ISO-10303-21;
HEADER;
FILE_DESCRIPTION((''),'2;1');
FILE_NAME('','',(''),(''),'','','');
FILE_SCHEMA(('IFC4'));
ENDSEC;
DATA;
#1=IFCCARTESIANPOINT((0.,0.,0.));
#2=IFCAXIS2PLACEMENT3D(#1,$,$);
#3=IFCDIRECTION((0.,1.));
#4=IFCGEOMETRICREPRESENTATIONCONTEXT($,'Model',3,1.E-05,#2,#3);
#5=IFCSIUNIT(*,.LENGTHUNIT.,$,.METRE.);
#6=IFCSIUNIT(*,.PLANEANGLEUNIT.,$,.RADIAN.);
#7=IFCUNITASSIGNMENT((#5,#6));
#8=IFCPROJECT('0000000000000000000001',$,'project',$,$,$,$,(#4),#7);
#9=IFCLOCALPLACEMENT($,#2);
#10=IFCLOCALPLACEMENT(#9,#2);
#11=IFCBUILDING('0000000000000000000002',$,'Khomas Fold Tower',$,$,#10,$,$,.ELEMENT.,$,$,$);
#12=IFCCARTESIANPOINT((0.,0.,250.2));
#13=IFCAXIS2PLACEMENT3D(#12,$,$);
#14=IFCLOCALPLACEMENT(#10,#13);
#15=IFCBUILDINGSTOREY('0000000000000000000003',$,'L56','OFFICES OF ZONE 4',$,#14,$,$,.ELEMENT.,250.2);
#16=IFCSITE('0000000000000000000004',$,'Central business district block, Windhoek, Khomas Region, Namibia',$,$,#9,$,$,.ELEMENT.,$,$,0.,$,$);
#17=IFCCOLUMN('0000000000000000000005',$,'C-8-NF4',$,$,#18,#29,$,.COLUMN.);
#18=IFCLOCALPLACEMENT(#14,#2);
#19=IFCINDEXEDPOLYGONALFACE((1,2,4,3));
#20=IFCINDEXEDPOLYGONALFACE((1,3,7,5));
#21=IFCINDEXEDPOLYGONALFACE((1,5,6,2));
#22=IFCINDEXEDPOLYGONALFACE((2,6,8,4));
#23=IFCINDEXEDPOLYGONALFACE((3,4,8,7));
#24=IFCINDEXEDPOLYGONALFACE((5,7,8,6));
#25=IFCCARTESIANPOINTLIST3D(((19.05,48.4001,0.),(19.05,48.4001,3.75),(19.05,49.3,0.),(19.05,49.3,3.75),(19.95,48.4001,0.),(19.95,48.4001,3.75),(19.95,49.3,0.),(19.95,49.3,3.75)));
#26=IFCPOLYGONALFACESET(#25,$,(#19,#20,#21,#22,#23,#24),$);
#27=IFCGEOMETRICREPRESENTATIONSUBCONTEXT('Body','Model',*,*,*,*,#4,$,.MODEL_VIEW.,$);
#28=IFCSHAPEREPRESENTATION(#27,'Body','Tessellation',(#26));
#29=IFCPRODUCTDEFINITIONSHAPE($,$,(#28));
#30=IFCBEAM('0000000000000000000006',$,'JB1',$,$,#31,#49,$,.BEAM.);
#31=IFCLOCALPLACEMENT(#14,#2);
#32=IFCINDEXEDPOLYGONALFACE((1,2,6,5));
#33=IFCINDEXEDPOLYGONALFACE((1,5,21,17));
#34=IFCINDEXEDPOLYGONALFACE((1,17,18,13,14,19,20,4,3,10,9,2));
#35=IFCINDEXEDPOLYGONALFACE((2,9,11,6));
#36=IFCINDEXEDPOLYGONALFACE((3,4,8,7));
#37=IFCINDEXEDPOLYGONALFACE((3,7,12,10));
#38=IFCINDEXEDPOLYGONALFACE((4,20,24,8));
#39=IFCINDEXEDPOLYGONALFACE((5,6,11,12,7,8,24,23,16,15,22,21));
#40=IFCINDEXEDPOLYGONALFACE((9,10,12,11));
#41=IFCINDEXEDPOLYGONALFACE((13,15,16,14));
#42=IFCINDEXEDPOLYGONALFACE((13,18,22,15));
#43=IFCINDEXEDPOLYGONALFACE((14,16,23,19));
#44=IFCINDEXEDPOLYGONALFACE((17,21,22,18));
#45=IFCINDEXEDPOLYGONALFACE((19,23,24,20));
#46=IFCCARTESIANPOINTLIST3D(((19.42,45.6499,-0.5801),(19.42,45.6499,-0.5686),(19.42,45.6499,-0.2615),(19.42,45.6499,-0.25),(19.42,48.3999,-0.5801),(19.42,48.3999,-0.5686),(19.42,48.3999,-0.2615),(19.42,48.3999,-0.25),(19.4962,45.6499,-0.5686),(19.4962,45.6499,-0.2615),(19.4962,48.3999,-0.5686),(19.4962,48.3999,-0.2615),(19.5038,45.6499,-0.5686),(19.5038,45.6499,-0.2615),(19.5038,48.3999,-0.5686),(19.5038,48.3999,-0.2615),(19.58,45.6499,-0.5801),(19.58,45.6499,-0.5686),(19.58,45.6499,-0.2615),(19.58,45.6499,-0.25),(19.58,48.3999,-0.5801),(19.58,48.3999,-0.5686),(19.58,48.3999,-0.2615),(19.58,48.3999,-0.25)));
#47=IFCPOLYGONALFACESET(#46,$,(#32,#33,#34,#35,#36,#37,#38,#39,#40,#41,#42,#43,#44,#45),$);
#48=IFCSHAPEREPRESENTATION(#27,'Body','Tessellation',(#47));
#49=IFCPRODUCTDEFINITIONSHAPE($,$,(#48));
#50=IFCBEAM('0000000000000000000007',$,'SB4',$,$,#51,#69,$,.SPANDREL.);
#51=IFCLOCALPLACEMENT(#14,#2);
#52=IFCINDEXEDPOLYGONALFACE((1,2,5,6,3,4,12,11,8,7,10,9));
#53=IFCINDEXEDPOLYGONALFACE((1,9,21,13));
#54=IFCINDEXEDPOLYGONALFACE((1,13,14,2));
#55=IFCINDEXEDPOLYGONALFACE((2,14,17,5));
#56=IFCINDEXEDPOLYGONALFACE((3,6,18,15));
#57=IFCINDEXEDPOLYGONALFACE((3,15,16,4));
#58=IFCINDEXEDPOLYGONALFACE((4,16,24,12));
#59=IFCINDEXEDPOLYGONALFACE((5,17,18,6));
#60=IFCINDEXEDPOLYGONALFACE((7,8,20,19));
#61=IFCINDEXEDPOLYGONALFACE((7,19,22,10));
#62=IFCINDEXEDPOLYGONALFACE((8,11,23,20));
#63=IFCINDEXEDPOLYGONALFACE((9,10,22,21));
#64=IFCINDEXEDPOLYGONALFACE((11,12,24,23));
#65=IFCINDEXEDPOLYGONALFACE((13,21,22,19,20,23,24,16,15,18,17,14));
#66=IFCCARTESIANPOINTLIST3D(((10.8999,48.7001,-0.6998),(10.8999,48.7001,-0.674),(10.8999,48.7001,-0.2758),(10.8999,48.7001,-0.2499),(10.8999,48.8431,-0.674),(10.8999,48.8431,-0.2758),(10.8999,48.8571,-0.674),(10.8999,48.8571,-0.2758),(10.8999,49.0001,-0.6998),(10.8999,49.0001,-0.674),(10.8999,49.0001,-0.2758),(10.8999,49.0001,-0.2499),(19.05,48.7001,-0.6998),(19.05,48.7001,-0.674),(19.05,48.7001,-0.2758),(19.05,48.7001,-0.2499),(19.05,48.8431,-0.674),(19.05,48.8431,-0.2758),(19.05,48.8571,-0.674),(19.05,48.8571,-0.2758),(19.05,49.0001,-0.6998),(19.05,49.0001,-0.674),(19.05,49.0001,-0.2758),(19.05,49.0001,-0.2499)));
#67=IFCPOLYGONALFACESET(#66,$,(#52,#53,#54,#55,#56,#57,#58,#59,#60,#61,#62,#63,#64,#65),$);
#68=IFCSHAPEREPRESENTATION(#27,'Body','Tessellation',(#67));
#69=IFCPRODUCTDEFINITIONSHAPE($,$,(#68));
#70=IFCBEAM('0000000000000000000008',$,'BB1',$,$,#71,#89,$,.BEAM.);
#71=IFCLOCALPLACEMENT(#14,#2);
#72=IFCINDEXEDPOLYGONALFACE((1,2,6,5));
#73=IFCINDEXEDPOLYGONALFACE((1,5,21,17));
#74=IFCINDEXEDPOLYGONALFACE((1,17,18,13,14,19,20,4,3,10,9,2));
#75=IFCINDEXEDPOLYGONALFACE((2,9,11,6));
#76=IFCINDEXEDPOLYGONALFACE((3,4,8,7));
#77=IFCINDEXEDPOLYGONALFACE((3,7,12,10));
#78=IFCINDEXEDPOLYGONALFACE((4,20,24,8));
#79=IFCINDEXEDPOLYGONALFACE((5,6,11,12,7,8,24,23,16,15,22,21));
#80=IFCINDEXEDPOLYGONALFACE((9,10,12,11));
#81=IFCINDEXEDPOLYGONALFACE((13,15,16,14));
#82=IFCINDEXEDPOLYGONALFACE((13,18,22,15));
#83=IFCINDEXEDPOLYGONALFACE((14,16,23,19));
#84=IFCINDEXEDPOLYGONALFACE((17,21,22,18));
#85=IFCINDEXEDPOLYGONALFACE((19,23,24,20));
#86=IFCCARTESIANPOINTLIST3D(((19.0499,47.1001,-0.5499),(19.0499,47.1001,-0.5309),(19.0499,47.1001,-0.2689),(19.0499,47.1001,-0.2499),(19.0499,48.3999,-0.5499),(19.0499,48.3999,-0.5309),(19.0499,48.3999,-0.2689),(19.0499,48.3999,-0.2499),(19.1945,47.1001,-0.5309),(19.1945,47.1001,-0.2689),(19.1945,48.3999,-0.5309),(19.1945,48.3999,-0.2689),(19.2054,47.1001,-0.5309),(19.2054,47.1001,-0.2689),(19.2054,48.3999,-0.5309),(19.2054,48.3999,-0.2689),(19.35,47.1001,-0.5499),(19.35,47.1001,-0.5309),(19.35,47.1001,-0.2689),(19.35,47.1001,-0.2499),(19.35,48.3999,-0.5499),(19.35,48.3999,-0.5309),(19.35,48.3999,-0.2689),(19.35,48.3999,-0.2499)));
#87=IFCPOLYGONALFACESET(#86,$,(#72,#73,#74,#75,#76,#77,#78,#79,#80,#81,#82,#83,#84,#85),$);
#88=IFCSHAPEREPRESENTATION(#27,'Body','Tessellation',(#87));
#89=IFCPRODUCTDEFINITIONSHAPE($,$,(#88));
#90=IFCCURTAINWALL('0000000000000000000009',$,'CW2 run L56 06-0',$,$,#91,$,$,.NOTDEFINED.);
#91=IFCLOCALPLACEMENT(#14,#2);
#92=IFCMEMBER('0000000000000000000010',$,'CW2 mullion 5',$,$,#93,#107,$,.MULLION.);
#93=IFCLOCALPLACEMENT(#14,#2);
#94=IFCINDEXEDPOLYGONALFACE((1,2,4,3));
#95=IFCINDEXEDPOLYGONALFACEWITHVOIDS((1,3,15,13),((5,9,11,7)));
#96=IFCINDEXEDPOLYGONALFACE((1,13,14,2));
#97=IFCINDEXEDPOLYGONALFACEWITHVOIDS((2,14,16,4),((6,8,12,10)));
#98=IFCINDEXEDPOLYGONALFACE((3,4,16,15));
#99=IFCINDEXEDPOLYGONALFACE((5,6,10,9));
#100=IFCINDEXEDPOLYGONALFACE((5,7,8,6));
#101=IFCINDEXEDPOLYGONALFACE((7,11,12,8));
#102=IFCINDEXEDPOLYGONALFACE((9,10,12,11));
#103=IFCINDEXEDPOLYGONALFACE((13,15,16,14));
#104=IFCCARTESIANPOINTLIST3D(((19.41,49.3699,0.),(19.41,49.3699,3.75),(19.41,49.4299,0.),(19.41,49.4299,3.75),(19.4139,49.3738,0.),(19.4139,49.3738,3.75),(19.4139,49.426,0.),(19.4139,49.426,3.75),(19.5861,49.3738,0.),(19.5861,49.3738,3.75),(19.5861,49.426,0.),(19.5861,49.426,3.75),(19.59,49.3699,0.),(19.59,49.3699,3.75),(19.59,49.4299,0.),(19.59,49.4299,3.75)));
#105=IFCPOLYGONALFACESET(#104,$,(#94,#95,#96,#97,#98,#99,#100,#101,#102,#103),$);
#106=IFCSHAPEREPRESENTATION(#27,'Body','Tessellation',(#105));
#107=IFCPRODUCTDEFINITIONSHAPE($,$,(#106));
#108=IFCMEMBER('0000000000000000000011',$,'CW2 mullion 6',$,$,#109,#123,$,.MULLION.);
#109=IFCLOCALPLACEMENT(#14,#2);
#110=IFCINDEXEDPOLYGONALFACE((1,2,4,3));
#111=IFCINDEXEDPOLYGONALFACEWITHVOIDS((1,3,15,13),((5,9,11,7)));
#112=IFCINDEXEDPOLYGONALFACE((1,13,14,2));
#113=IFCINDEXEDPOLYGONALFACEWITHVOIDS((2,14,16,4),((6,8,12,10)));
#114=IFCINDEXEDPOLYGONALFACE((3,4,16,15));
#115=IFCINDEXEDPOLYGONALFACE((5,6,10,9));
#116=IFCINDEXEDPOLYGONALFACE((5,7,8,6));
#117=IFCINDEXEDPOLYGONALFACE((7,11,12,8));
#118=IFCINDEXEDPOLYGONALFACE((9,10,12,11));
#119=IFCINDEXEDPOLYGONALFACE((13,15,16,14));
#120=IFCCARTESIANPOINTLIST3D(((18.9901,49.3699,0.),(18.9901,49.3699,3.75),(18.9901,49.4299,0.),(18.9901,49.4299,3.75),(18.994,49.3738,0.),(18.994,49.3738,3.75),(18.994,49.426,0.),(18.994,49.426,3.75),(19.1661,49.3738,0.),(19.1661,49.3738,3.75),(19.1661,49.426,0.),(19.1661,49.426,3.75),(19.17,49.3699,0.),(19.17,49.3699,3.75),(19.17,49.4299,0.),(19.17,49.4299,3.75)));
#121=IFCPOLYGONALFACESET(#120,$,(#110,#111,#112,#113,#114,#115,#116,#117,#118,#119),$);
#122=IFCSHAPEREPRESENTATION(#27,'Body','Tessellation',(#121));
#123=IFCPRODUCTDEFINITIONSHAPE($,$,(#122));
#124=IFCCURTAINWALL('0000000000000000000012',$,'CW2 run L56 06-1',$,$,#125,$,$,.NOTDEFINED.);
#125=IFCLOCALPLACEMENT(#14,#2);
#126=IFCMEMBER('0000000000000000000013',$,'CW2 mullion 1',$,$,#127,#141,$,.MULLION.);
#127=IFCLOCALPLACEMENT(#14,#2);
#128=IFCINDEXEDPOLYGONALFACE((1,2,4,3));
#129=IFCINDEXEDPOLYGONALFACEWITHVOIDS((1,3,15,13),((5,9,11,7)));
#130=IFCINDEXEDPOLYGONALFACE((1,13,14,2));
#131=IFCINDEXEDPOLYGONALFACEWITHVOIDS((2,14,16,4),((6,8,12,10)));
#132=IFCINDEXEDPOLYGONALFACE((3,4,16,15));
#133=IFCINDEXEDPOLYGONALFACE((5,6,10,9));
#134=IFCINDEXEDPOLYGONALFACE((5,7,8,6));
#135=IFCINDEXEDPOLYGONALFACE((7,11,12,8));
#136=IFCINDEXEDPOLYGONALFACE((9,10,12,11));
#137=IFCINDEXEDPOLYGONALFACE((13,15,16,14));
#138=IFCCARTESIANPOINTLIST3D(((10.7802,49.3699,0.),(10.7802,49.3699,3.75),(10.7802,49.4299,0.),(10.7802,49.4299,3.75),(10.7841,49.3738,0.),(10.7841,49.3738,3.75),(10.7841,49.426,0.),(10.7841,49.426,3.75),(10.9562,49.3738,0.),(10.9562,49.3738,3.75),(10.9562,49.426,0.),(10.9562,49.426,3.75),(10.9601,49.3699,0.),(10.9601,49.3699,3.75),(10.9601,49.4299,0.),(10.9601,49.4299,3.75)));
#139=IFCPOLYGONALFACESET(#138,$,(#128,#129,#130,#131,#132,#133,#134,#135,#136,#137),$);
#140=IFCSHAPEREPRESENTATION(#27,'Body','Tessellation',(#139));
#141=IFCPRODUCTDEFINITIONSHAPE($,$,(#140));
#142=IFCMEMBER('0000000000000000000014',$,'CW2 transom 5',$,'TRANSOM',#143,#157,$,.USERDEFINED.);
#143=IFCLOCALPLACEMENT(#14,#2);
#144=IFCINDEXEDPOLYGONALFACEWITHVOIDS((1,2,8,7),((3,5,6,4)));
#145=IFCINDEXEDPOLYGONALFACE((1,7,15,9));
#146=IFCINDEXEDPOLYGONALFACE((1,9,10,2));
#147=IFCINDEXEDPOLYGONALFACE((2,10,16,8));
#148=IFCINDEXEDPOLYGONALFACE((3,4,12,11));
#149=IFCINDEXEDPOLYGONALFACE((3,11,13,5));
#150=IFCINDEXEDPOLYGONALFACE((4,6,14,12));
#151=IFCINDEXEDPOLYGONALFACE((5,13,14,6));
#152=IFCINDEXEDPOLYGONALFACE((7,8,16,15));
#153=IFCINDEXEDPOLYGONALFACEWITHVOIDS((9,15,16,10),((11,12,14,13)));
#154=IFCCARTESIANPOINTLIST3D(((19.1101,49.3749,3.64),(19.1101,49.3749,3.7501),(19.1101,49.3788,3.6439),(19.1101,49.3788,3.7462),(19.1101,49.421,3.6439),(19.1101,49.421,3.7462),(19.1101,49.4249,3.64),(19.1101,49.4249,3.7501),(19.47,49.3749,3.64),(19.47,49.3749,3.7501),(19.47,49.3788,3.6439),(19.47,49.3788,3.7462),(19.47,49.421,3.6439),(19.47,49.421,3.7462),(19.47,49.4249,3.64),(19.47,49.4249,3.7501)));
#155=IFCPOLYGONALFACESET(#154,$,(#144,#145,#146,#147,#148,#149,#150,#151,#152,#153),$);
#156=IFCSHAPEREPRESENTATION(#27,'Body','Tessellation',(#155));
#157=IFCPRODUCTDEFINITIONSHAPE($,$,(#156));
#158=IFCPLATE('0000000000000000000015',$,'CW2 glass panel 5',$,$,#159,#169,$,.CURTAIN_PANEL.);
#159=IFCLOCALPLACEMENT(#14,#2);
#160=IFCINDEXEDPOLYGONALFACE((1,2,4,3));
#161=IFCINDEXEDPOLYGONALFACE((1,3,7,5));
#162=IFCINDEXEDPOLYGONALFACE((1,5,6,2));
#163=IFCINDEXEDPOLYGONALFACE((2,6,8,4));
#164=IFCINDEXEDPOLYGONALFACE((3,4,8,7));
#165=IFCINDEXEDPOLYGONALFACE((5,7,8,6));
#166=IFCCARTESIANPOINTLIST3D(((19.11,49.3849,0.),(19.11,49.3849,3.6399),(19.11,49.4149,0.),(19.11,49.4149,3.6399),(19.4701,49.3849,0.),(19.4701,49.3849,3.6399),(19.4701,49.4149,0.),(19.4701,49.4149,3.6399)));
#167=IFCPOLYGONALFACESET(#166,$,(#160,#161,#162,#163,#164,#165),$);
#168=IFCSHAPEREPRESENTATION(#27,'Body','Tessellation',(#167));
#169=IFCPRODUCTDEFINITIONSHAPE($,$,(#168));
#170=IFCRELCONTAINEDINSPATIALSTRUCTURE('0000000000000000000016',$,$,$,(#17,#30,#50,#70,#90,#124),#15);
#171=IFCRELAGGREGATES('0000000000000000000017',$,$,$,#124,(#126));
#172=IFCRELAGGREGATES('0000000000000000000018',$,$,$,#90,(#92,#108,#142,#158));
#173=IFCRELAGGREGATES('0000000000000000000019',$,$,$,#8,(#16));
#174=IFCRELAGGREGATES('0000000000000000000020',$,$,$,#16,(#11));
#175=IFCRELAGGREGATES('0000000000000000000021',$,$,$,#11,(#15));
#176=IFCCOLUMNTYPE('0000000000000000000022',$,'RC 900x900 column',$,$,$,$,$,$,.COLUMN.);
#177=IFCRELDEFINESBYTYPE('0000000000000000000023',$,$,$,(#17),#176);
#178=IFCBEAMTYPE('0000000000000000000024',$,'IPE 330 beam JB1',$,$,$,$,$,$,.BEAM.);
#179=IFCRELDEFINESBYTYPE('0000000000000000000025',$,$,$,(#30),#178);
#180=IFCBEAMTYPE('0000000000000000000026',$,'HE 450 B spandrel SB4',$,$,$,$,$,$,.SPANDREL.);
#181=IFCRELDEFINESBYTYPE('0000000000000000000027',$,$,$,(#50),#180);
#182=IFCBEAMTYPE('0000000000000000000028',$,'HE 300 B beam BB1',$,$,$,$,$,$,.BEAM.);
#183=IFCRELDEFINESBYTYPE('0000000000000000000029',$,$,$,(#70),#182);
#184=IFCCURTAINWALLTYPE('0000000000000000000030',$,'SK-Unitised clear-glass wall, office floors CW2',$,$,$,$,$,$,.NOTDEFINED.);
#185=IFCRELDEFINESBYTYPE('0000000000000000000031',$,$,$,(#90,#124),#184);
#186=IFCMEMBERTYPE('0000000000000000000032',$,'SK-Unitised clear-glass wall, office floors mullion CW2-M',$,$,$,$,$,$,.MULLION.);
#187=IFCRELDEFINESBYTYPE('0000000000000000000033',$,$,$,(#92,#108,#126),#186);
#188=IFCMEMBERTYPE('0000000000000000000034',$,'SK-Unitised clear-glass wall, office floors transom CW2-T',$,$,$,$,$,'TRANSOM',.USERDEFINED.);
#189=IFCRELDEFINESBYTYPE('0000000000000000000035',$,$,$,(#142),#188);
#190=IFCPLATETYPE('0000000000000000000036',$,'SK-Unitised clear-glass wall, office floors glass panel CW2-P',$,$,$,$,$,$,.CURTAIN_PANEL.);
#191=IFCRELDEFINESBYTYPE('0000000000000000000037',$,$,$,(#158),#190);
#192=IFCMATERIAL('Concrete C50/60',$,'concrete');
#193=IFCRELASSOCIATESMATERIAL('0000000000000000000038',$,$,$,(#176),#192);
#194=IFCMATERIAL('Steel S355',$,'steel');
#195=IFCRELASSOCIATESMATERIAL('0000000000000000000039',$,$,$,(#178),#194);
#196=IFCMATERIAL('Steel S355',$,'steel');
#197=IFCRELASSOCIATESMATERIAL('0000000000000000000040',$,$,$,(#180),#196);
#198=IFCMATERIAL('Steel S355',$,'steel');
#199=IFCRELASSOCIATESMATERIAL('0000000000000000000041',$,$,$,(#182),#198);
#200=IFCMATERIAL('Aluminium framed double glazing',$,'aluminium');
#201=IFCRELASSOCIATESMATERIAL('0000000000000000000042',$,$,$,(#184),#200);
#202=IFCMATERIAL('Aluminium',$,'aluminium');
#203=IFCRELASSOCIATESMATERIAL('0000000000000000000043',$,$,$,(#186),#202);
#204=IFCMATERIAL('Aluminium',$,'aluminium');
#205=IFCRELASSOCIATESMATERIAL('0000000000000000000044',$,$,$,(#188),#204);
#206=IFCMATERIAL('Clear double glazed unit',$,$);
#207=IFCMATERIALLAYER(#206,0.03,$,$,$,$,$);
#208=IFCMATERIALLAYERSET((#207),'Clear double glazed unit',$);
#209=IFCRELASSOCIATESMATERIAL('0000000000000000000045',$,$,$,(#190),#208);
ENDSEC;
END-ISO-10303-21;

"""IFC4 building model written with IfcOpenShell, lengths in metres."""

from ifc_helpers import new_model, si_unit, direction, frame, origin, origin_2d, place, context, subcontext, project, spatial, rectangle, hollow_rectangle, i_section, extrude, source, transform, mapped, material, layer, layer_set, material_profile, profile_set, type_object, element, aggregate, save


model = new_model("IFC4")

# Units and contexts
model_context = context("Model", 3, precision=1e-05, world=origin(), true_north=direction((0.0, 1.0)))
body_context = subcontext(model_context, "Body", "Model", "MODEL_VIEW")
ifc_project = project(units=[si_unit("LENGTHUNIT", "METRE"), si_unit("PLANEANGLEUNIT", "RADIAN")], contexts=[model_context])

# Site, building, storey
site_placement = place(None, origin())
site = spatial("IfcSite", under=ifc_project, at=site_placement, Name="Central business district block, Windhoek, Khomas Region, Namibia", CompositionType="ELEMENT", RefElevation=0.0)
building_placement = place(site_placement, origin())
building = spatial("IfcBuilding", under=site, at=building_placement, Name="Khomas Fold Tower", CompositionType="ELEMENT")
storey_placement = place(building_placement, frame((0.0, 0.0, 250.2)))
storey = spatial("IfcBuildingStorey", under=building, at=storey_placement, Name="L56", Description="OFFICES OF ZONE 4", CompositionType="ELEMENT", Elevation=250.2)

# Column
ifc_material_1 = material(Name="Concrete C50/60", Category="concrete")
ifc_material_profile_1 = material_profile(ifc_material_1, rectangle(XDim=0.8999, YDim=0.8999, at=origin_2d()), Name="RC 900x900")
ifc_profile_set_1 = profile_set([ifc_material_profile_1], Name="Concrete C50/60")
column_type = type_object("IfcColumnType", Name="RC 900x900 column", PredefinedType="COLUMN", material=ifc_profile_set_1)
shared_shape_1 = source(origin(), body_context, "Body", "SweptSolid", [
    extrude(rectangle(XDim=0.8999, YDim=0.8999, at=origin_2d()), origin(), (0.0, 0.0, 1.0), 3.75),
])
column_placement = place(storey_placement, frame((19.5, 48.8501, 0.0), z_axis=(0.0, 0.0, 1.0), x_axis=(1.0, 0.0, 0.0)))
element("IfcColumn", 1, at=column_placement, inside=storey, type_object=column_type, Name="C-8-NF4", PredefinedType="COLUMN", context=body_context, shape_type="MappedRepresentation", body=[
    mapped(shared_shape_1, transform((0.0, 0.0, 0.0))),
])

# Beams
ifc_material_2 = material(Name="Steel S355", Category="steel")
ifc_material_profile_2 = material_profile(ifc_material_2, i_section(OverallWidth=0.1599, OverallDepth=0.3301, WebThickness=0.0076, FlangeThickness=0.0115, at=origin_2d()), Name="IPE 330")
ifc_profile_set_2 = profile_set([ifc_material_profile_2], Name="Steel S355")
beam_type_1 = type_object("IfcBeamType", Name="IPE 330 beam JB1", PredefinedType="BEAM", material=ifc_profile_set_2)
shared_shape_2 = source(origin(), body_context, "Body", "SweptSolid", [
    extrude(i_section(OverallWidth=0.1599, OverallDepth=0.3301, WebThickness=0.0076, FlangeThickness=0.0115, at=origin_2d()), origin(), (0.0, 0.0, 1.0), 2.75),
])
beam_1_placement = place(storey_placement, frame((19.5, 45.6499, -0.415), z_axis=(0.0, 1.0, 0.0), x_axis=(-1.0, 0.0, 0.0)))
element("IfcBeam", 2, at=beam_1_placement, inside=storey, type_object=beam_type_1, Name="JB1", PredefinedType="BEAM", context=body_context, shape_type="MappedRepresentation", body=[
    mapped(shared_shape_2, transform((0.0, 0.0, 0.0))),
])
ifc_material_3 = material(Name="Steel S355", Category="steel")
ifc_material_profile_3 = material_profile(ifc_material_3, i_section(OverallWidth=0.3, OverallDepth=0.45, WebThickness=0.0139, FlangeThickness=0.0259, at=origin_2d()), Name="HE 450 B")
ifc_profile_set_3 = profile_set([ifc_material_profile_3], Name="Steel S355")
beam_type_2 = type_object("IfcBeamType", Name="HE 450 B spandrel SB4", PredefinedType="SPANDREL", material=ifc_profile_set_3)
shared_shape_3 = source(origin(), body_context, "Body", "SweptSolid", [
    extrude(i_section(OverallWidth=0.3, OverallDepth=0.45, WebThickness=0.0139, FlangeThickness=0.0259, at=origin_2d()), origin(), (0.0, 0.0, 1.0), 8.1501),
])
beam_2_placement = place(storey_placement, frame((10.8999, 48.8501, -0.4749), z_axis=(1.0, 0.0, 0.0), x_axis=(0.0, 1.0, 0.0)))
element("IfcBeam", 3, at=beam_2_placement, inside=storey, type_object=beam_type_2, Name="SB4", PredefinedType="SPANDREL", context=body_context, shape_type="MappedRepresentation", body=[
    mapped(shared_shape_3, transform((0.0, 0.0, 0.0))),
])
ifc_material_4 = material(Name="Steel S355", Category="steel")
ifc_material_profile_4 = material_profile(ifc_material_4, i_section(OverallWidth=0.3, OverallDepth=0.3, WebThickness=0.011, FlangeThickness=0.019, at=origin_2d()), Name="HE 300 B")
ifc_profile_set_4 = profile_set([ifc_material_profile_4], Name="Steel S355")
beam_type_3 = type_object("IfcBeamType", Name="HE 300 B beam BB1", PredefinedType="BEAM", material=ifc_profile_set_4)
shared_shape_4 = source(origin(), body_context, "Body", "SweptSolid", [
    extrude(i_section(OverallWidth=0.3, OverallDepth=0.3, WebThickness=0.011, FlangeThickness=0.019, at=origin_2d()), origin(), (0.0, 0.0, 1.0), 1.2998),
])
beam_3_placement = place(storey_placement, frame((19.2, 47.1001, -0.3999), z_axis=(0.0, 1.0, 0.0), x_axis=(-1.0, 0.0, 0.0)))
element("IfcBeam", 4, at=beam_3_placement, inside=storey, type_object=beam_type_3, Name="BB1", PredefinedType="BEAM", context=body_context, shape_type="MappedRepresentation", body=[
    mapped(shared_shape_4, transform((0.0, 0.0, 0.0))),
])

# Curtain wall, members
ifc_material_5 = material(Name="Aluminium framed double glazing", Category="aluminium")
curtain_wall_type = type_object("IfcCurtainWallType", Name="SK-Unitised clear-glass wall, office floors CW2", PredefinedType="NOTDEFINED", material=ifc_material_5)
curtain_wall_1_placement = place(storey_placement, origin())
curtain_wall_1 = element("IfcCurtainWall", 5, at=curtain_wall_1_placement, inside=storey, type_object=curtain_wall_type, Name="CW2 run L56 06-0", PredefinedType="NOTDEFINED")
ifc_material_6 = material(Name="Aluminium", Category="aluminium")
ifc_material_profile_5 = material_profile(ifc_material_6, hollow_rectangle(XDim=0.0601, YDim=0.1799, WallThickness=0.0039, at=origin_2d()), Name="SK-Unitised clear-glass wall, office floors mullion CW2-M")
ifc_profile_set_5 = profile_set([ifc_material_profile_5], Name="Aluminium")
member_type_1 = type_object("IfcMemberType", Name="SK-Unitised clear-glass wall, office floors mullion CW2-M", PredefinedType="MULLION", material=ifc_profile_set_5)
shared_shape_5 = source(origin(), body_context, "Body", "SweptSolid", [
    extrude(hollow_rectangle(XDim=0.0601, YDim=0.1799, WallThickness=0.0039, at=origin_2d()), origin(), (0.0, 0.0, 1.0), 3.75),
])
member_1_placement = place(storey_placement, frame((19.5, 49.3999, 0.0), z_axis=(0.0, 0.0, 1.0), x_axis=(0.0, -1.0, 0.0)))
member_1 = element("IfcMember", 6, at=member_1_placement, type_object=member_type_1, Name="CW2 mullion 5", PredefinedType="MULLION", context=body_context, shape_type="MappedRepresentation", body=[
    mapped(shared_shape_5, transform((0.0, 0.0, 0.0))),
])
member_2_placement = place(storey_placement, frame((19.0801, 49.3999, 0.0), z_axis=(0.0, 0.0, 1.0), x_axis=(0.0, -1.0, 0.0)))
member_2 = element("IfcMember", 7, at=member_2_placement, type_object=member_type_1, Name="CW2 mullion 6", PredefinedType="MULLION", context=body_context, shape_type="MappedRepresentation", body=[
    mapped(shared_shape_5, transform((0.0, 0.0, 0.0))),
])

# Curtain wall, member
curtain_wall_2_placement = place(storey_placement, origin())
curtain_wall_2 = element("IfcCurtainWall", 8, at=curtain_wall_2_placement, inside=storey, type_object=curtain_wall_type, Name="CW2 run L56 06-1", PredefinedType="NOTDEFINED")
member_3_placement = place(storey_placement, frame((10.8701, 49.3999, 0.0), z_axis=(0.0, 0.0, 1.0), x_axis=(0.0, -1.0, 0.0)))
member_3 = element("IfcMember", 9, at=member_3_placement, type_object=member_type_1, Name="CW2 mullion 1", PredefinedType="MULLION", context=body_context, shape_type="MappedRepresentation", body=[
    mapped(shared_shape_5, transform((0.0, 0.0, 0.0))),
])
aggregate(curtain_wall_2, [member_3])

# Member
ifc_material_7 = material(Name="Aluminium", Category="aluminium")
ifc_material_profile_6 = material_profile(ifc_material_7, hollow_rectangle(XDim=0.05, YDim=0.1101, WallThickness=0.0039, at=origin_2d()), Name="SK-Unitised clear-glass wall, office floors transom CW2-T")
ifc_profile_set_6 = profile_set([ifc_material_profile_6], Name="Aluminium")
member_type_2 = type_object("IfcMemberType", Name="SK-Unitised clear-glass wall, office floors transom CW2-T", ElementType="TRANSOM", PredefinedType="USERDEFINED", material=ifc_profile_set_6)
shared_shape_6 = source(origin(), body_context, "Body", "SweptSolid", [
    extrude(hollow_rectangle(XDim=0.05, YDim=0.1101, WallThickness=0.0039, at=origin_2d()), origin(), (0.0, 0.0, 1.0), 0.3599),
])
member_4_placement = place(storey_placement, frame((19.47, 49.3999, 3.6951), z_axis=(-1.0, 0.0, 0.0), x_axis=(0.0, -1.0, 0.0)))
member_4 = element("IfcMember", 10, at=member_4_placement, type_object=member_type_2, Name="CW2 transom 5", ObjectType="TRANSOM", PredefinedType="USERDEFINED", context=body_context, shape_type="MappedRepresentation", body=[
    mapped(shared_shape_6, transform((0.0, 0.0, 0.0))),
])

# Plate
ifc_material_8 = material(Name="Clear double glazed unit")
ifc_layer_1 = layer(ifc_material_8, 0.03)
ifc_layer_set_1 = layer_set([ifc_layer_1], Name="Clear double glazed unit")
plate_type = type_object("IfcPlateType", Name="SK-Unitised clear-glass wall, office floors glass panel CW2-P", PredefinedType="CURTAIN_PANEL", material=ifc_layer_set_1)
shared_shape_7 = source(origin(), body_context, "Body", "SweptSolid", [
    extrude(rectangle(XDim=0.3601, YDim=0.03, at=origin_2d()), origin(), (0.0, 0.0, 1.0), 3.6399),
])
plate_placement = place(storey_placement, frame((19.29, 49.3999, 0.0), z_axis=(0.0, 0.0, 1.0), x_axis=(-1.0, 0.0, 0.0)))
plate = element("IfcPlate", 11, at=plate_placement, type_object=plate_type, Name="CW2 glass panel 5", PredefinedType="CURTAIN_PANEL", context=body_context, shape_type="MappedRepresentation", body=[
    mapped(shared_shape_7, transform((0.0, 0.0, 0.0))),
])
aggregate(curtain_wall_1, [member_1, member_2, member_4, plate])

save(model, "model.ifc")
